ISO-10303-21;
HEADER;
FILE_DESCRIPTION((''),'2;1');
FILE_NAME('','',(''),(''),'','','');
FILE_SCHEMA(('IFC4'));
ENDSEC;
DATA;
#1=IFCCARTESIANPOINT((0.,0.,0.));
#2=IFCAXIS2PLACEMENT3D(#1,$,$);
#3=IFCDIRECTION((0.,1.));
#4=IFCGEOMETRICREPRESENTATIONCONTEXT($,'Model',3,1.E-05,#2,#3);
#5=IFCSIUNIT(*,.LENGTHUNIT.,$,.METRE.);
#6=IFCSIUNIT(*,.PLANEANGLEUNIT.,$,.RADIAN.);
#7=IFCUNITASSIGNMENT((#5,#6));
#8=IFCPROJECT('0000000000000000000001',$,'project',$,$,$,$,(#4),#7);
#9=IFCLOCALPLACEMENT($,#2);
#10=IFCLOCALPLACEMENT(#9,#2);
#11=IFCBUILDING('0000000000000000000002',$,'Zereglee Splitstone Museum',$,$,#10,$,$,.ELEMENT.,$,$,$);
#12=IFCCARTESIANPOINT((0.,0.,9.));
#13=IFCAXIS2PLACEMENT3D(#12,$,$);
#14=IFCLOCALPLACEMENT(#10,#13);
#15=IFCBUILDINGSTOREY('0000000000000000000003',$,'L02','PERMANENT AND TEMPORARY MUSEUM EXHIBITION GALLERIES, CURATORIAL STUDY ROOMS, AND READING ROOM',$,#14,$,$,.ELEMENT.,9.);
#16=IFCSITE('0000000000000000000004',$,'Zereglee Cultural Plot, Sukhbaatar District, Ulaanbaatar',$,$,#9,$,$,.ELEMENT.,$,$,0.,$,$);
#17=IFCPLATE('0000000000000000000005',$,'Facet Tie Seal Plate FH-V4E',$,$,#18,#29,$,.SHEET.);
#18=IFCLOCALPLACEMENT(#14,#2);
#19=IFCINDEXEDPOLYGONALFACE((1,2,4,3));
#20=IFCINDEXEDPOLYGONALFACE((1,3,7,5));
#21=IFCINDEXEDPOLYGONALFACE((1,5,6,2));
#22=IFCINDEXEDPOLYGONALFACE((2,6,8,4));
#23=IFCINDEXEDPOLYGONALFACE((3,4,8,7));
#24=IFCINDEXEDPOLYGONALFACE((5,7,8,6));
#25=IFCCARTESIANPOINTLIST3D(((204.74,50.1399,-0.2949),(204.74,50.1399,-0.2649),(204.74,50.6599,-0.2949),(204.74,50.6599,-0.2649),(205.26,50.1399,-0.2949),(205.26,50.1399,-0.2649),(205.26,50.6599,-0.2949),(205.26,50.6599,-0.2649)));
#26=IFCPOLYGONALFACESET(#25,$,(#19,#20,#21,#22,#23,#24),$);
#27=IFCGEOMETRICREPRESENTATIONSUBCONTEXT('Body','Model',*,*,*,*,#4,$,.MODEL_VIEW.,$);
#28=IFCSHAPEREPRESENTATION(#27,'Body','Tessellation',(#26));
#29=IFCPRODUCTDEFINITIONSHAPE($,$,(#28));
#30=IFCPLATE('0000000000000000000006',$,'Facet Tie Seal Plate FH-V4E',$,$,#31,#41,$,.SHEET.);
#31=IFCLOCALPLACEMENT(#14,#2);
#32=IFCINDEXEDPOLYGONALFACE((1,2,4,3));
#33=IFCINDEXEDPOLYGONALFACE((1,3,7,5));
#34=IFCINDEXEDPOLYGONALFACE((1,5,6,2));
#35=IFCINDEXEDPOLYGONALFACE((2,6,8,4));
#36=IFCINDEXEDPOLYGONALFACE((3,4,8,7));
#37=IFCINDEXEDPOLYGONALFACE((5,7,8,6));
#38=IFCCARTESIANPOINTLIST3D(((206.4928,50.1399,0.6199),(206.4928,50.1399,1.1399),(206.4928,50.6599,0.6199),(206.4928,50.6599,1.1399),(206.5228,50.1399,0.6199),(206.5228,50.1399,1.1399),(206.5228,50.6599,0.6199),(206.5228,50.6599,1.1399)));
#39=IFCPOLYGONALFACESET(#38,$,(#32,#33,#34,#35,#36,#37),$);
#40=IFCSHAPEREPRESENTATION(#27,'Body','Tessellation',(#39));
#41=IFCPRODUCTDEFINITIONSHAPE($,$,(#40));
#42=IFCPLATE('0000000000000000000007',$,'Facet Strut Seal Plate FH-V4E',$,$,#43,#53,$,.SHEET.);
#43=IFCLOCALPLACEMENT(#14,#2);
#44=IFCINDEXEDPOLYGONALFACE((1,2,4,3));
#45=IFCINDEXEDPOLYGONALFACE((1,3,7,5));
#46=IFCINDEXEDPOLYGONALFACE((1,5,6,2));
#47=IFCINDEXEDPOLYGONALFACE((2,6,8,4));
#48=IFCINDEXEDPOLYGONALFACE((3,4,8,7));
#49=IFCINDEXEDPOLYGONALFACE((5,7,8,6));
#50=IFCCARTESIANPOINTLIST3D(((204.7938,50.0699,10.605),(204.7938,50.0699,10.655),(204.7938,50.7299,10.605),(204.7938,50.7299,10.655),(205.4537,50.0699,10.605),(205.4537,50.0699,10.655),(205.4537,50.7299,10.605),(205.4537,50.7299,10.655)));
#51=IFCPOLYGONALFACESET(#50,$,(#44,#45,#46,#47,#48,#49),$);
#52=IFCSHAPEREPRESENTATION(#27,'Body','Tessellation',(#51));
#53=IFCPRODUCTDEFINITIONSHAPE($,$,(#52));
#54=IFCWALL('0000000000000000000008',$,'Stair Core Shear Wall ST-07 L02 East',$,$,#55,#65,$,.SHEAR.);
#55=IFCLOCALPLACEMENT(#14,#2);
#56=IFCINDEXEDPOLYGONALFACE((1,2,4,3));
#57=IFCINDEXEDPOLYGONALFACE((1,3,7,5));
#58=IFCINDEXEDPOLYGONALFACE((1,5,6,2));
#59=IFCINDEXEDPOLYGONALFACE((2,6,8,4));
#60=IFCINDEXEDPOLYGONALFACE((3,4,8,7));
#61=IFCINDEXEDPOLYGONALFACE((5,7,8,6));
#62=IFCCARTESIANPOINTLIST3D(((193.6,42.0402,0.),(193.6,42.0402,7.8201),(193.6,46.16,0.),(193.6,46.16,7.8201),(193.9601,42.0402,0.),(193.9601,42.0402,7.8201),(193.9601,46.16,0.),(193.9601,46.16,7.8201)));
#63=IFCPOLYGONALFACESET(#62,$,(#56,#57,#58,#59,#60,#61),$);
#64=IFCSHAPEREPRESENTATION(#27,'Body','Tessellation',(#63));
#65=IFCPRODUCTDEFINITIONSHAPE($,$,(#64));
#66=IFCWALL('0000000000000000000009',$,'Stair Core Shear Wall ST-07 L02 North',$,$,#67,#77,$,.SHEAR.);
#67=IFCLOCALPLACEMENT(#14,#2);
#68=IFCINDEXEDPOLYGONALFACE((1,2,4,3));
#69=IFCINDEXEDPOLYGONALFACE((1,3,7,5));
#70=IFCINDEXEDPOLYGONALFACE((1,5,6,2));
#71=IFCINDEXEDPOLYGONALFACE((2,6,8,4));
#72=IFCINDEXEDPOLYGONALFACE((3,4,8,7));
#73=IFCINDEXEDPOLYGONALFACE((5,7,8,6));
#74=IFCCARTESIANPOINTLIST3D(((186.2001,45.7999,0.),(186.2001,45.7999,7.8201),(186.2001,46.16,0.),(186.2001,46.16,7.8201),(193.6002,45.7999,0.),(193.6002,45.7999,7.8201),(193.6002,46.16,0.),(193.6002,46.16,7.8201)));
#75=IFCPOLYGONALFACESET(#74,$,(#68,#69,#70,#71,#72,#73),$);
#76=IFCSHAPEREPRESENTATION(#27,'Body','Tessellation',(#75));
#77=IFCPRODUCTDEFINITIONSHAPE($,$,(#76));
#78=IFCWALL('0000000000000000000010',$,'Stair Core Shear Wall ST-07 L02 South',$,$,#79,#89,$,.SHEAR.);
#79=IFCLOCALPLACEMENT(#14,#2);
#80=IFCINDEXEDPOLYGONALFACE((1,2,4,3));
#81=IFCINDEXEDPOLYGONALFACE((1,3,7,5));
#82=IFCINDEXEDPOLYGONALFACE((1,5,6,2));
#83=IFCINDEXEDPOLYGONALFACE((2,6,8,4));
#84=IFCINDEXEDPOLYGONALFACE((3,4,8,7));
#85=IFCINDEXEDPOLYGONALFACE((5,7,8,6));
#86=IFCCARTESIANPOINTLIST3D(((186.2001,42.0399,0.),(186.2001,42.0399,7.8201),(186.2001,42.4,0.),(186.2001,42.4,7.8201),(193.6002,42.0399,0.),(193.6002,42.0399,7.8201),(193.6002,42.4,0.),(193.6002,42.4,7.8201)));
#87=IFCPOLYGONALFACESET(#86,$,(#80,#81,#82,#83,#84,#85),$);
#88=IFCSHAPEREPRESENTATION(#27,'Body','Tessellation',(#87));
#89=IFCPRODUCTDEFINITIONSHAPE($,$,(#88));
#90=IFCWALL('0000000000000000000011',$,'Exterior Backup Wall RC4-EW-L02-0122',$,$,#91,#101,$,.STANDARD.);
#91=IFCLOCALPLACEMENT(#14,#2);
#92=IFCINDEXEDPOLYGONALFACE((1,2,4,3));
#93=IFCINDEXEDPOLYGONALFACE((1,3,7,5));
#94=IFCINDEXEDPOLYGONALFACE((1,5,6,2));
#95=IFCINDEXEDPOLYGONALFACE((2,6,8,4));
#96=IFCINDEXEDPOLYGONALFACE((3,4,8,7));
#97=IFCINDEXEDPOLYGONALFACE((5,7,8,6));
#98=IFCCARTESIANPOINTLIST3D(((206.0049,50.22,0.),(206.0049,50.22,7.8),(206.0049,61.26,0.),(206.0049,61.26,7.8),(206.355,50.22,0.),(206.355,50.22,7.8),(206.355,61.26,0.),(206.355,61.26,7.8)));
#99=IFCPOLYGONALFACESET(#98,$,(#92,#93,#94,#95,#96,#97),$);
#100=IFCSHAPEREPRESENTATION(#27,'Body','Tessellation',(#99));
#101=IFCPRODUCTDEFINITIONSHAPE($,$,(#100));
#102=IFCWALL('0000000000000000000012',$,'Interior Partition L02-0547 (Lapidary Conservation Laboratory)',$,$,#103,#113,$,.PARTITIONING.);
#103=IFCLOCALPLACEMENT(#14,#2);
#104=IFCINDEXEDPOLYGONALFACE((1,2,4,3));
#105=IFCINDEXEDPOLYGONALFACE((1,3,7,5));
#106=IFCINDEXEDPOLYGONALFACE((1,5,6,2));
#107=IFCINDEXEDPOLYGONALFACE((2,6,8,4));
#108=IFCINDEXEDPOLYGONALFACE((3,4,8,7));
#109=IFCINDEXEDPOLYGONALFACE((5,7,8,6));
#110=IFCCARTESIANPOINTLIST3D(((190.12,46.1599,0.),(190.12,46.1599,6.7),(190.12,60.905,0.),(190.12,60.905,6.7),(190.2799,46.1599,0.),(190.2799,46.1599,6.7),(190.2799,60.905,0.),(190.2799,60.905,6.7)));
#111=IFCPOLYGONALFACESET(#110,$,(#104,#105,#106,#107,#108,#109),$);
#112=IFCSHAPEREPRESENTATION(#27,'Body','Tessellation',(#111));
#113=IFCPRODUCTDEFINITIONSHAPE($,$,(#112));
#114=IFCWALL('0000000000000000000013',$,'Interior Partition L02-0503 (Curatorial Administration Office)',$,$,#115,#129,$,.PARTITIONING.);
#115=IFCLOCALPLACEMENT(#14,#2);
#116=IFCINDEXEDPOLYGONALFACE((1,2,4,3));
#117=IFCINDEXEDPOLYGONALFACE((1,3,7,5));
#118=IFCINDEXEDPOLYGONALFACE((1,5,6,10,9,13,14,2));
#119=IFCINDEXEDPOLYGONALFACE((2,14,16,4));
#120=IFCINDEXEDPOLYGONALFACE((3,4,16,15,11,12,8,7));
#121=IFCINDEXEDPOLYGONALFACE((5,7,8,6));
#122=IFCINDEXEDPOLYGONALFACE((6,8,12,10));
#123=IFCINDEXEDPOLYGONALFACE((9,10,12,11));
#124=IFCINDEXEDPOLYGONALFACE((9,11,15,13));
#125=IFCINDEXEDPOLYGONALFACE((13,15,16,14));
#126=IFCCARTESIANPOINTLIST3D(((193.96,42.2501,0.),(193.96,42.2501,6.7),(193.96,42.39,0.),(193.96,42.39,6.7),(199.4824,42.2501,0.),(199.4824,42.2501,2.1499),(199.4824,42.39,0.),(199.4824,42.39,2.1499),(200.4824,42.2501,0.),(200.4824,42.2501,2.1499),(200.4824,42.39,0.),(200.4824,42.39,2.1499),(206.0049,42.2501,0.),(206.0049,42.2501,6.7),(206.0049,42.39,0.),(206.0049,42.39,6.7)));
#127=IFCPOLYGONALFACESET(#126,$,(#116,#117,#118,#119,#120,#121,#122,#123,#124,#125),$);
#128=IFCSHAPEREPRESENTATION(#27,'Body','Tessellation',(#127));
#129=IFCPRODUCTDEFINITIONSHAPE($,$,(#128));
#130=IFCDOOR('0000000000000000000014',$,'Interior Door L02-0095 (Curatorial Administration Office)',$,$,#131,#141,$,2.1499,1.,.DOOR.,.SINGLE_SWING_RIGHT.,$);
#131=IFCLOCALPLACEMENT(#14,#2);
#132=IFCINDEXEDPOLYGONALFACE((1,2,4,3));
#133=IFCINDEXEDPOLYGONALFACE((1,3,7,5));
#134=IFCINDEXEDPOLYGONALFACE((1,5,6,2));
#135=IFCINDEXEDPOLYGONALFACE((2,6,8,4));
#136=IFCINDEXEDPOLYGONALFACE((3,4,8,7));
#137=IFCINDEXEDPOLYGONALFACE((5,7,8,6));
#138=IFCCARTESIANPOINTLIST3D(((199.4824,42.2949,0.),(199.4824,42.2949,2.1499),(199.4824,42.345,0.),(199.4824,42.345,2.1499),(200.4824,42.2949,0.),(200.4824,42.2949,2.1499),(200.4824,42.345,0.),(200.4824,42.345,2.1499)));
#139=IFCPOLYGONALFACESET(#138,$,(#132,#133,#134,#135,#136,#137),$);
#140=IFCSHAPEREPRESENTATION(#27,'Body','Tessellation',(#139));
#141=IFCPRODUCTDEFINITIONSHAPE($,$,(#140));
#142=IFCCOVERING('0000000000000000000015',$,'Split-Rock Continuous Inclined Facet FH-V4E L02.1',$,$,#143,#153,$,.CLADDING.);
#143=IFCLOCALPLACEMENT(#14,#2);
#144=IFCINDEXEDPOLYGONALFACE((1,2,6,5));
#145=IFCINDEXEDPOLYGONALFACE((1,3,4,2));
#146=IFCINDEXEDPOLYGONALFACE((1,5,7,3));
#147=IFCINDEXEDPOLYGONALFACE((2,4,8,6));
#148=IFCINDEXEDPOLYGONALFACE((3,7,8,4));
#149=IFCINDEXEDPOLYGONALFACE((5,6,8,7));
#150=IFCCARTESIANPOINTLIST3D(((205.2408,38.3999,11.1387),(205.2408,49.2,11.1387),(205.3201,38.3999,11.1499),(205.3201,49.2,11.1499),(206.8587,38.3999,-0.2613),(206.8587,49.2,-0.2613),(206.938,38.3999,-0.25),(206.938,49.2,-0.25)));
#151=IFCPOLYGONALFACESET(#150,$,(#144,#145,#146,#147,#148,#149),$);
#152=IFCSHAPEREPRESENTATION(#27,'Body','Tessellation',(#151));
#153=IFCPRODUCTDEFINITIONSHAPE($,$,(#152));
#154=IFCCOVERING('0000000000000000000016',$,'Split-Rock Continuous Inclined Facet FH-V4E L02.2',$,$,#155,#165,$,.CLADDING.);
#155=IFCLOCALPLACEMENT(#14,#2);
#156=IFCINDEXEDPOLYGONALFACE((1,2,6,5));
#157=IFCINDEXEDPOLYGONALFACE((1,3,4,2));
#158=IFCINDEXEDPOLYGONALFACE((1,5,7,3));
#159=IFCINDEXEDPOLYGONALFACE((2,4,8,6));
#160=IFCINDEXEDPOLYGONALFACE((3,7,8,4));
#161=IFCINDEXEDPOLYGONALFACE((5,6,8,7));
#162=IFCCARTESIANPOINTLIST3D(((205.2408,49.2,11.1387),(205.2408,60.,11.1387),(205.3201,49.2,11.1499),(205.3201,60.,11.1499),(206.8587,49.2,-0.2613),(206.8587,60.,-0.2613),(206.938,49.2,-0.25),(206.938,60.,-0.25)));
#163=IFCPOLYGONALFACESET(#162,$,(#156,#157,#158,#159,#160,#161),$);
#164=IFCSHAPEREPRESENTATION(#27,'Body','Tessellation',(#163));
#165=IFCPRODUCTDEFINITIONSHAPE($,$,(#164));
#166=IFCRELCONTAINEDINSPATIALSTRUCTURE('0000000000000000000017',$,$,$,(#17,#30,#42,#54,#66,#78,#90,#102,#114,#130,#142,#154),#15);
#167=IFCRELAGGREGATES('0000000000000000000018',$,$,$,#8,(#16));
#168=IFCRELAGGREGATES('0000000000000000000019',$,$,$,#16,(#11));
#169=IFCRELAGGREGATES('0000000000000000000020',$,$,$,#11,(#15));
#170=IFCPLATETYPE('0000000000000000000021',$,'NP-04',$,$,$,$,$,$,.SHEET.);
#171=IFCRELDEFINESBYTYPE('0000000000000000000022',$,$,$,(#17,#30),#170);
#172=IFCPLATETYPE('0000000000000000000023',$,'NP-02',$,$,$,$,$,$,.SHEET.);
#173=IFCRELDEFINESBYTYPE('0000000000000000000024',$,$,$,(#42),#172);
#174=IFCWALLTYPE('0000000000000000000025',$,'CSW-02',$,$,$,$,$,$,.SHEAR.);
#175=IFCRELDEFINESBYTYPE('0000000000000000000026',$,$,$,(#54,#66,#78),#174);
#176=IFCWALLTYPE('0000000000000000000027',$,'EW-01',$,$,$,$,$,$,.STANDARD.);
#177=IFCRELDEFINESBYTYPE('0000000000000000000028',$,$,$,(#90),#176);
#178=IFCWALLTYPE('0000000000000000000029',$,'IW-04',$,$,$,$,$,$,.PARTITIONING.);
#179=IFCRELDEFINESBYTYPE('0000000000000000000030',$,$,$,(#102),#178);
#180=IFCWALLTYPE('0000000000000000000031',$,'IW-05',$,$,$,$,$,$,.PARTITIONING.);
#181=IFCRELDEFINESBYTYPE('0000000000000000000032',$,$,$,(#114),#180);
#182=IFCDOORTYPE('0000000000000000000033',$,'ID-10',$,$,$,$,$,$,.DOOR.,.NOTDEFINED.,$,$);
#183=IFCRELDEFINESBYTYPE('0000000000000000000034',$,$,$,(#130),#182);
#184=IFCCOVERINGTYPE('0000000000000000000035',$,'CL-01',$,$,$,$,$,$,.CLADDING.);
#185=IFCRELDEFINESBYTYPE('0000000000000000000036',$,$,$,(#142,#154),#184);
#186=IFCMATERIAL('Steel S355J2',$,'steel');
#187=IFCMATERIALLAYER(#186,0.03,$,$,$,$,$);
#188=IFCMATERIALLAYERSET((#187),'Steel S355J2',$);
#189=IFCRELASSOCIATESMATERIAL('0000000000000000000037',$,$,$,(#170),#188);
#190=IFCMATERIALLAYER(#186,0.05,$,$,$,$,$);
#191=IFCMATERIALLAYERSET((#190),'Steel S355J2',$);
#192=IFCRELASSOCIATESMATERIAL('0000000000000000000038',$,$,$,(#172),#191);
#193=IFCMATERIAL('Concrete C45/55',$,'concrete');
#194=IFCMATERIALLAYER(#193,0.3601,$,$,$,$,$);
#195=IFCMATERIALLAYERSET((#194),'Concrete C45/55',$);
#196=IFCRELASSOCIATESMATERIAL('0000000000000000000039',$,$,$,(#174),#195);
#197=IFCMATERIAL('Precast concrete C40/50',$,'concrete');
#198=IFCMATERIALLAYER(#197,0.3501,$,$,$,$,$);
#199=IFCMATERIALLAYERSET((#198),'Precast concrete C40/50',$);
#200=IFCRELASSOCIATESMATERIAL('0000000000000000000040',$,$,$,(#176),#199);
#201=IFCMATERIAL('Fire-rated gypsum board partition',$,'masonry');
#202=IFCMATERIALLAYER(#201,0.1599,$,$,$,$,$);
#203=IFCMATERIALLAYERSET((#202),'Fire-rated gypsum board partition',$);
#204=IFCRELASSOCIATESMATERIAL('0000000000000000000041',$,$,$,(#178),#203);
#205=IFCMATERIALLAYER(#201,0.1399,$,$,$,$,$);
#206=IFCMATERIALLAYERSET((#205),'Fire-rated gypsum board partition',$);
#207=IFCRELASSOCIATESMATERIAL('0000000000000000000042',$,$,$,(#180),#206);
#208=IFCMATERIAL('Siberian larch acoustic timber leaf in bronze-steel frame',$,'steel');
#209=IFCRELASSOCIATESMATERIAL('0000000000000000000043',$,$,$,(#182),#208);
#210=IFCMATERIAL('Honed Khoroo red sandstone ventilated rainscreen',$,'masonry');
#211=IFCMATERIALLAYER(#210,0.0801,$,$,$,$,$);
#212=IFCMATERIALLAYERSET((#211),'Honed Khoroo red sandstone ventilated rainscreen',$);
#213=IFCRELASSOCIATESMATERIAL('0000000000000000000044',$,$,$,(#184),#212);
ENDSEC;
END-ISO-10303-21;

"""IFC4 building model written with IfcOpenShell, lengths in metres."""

from ifc_helpers import new_model, si_unit, direction, frame, frame_2d, origin, origin_2d, place, context, subcontext, project, spatial, polyline, rectangle, outline, extrude, material, layer, layer_set, type_object, element, fill, save


model = new_model("IFC4")

# Units and contexts
model_context = context("Model", 3, precision=1e-05, world=origin(), true_north=direction((0.0, 1.0)))
body_context = subcontext(model_context, "Body", "Model", "MODEL_VIEW")
ifc_project = project(units=[si_unit("LENGTHUNIT", "METRE"), si_unit("PLANEANGLEUNIT", "RADIAN")], contexts=[model_context])

# Site, building, storey
site_placement = place(None, origin())
site = spatial("IfcSite", under=ifc_project, at=site_placement, Name="Zereglee Cultural Plot, Sukhbaatar District, Ulaanbaatar", CompositionType="ELEMENT", RefElevation=0.0)
building_placement = place(site_placement, origin())
building = spatial("IfcBuilding", under=site, at=building_placement, Name="Zereglee Splitstone Museum", CompositionType="ELEMENT")
storey_placement = place(building_placement, frame((0.0, 0.0, 9.0)))
storey = spatial("IfcBuildingStorey", under=building, at=storey_placement, Name="L02", Description="PERMANENT AND TEMPORARY MUSEUM EXHIBITION GALLERIES, CURATORIAL STUDY ROOMS, AND READING ROOM", CompositionType="ELEMENT", Elevation=9.0)

# Shared definitions
ifc_material_1 = material(Name="Steel S355J2", Category="steel")

# Plates
ifc_layer_1 = layer(ifc_material_1, 0.03)
ifc_layer_set_1 = layer_set([ifc_layer_1], Name="Steel S355J2")
plate_type_1 = type_object("IfcPlateType", Name="NP-04", PredefinedType="SHEET", material=ifc_layer_set_1)
plate_1_placement = place(storey_placement, frame((205.0, 50.3999, -0.2949), z_axis=(0.0, 0.0, 1.0), x_axis=(1.0, 0.0, 0.0)))
element("IfcPlate", 1, at=plate_1_placement, inside=storey, type_object=plate_type_1, Name="Facet Tie Seal Plate FH-V4E", PredefinedType="SHEET", context=body_context, shape_type="SweptSolid", body=[
    extrude(rectangle(XDim=0.52, YDim=0.52, at=origin_2d()), origin(), (0.0, 0.0, 1.0), 0.03),
])
plate_2_placement = place(storey_placement, frame((206.5078, 50.3999, 0.6199), z_axis=(0.0, 0.0, 1.0), x_axis=(1.0, 0.0, 0.0)))
element("IfcPlate", 2, at=plate_2_placement, inside=storey, type_object=plate_type_1, Name="Facet Tie Seal Plate FH-V4E", PredefinedType="SHEET", context=body_context, shape_type="SweptSolid", body=[
    extrude(rectangle(XDim=0.03, YDim=0.52, at=origin_2d()), origin(), (0.0, 0.0, 1.0), 0.52),
])
ifc_layer_2 = layer(ifc_material_1, 0.05)
ifc_layer_set_2 = layer_set([ifc_layer_2], Name="Steel S355J2")
plate_type_2 = type_object("IfcPlateType", Name="NP-02", PredefinedType="SHEET", material=ifc_layer_set_2)
plate_3_placement = place(storey_placement, frame((205.1238, 50.3999, 10.605), z_axis=(0.0, 0.0, 1.0), x_axis=(1.0, 0.0, 0.0)))
element("IfcPlate", 3, at=plate_3_placement, inside=storey, type_object=plate_type_2, Name="Facet Strut Seal Plate FH-V4E", PredefinedType="SHEET", context=body_context, shape_type="SweptSolid", body=[
    extrude(rectangle(XDim=0.6599, YDim=0.6599, at=origin_2d()), origin(), (0.0, 0.0, 1.0), 0.05),
])

# Shared definitions
ifc_material_2 = material(Name="Concrete C45/55", Category="concrete")
ifc_layer_3 = layer(ifc_material_2, 0.3601)
ifc_layer_set_3 = layer_set([ifc_layer_3], Name="Concrete C45/55")
wall_type_1 = type_object("IfcWallType", Name="CSW-02", PredefinedType="SHEAR", material=ifc_layer_set_3)

# Walls
wall_1_placement = place(storey_placement, frame((193.78, 42.04, 0.0), z_axis=(0.0, 0.0, 1.0), x_axis=(0.0, 1.0, 0.0)))
element("IfcWall", 4, at=wall_1_placement, inside=storey, type_object=wall_type_1, Name="Stair Core Shear Wall ST-07 L02 East", PredefinedType="SHEAR", context=body_context, shape_type="SweptSolid", body=[
    extrude(rectangle(XDim=4.1199, YDim=0.3601, at=frame_2d((2.0601, 0.0))), origin(), (0.0, 0.0, 1.0), 7.8201),
])
for number, where, z_axis, x_axis, name in (
    (5, (186.2, 45.98, 0.0), (0.0, 0.0, 1.0), (1.0, 0.0, 0.0), "Stair Core Shear Wall ST-07 L02 North"),
    (6, (186.2, 42.22, 0.0), (0.0, 0.0, 1.0), (1.0, 0.0, 0.0), "Stair Core Shear Wall ST-07 L02 South"),
):
    element("IfcWall", number, at=place(storey_placement, frame(where, z_axis=z_axis, x_axis=x_axis)), inside=storey, type_object=wall_type_1, Name=name, PredefinedType="SHEAR", context=body_context, shape_type="SweptSolid", body=[
        extrude(rectangle(XDim=7.4001, YDim=0.3601, at=frame_2d((3.7002, 0.0))), origin(), (0.0, 0.0, 1.0), 7.8201),
    ])
ifc_material_3 = material(Name="Precast concrete C40/50", Category="concrete")
ifc_layer_4 = layer(ifc_material_3, 0.3501)
ifc_layer_set_4 = layer_set([ifc_layer_4], Name="Precast concrete C40/50")
wall_type_2 = type_object("IfcWallType", Name="EW-01", PredefinedType="STANDARD", material=ifc_layer_set_4)
wall_2_placement = place(storey_placement, frame((206.1799, 50.22, 0.0), z_axis=(0.0, 0.0, 1.0), x_axis=(0.0, 1.0, 0.0)))
element("IfcWall", 7, at=wall_2_placement, inside=storey, type_object=wall_type_2, Name="Exterior Backup Wall RC4-EW-L02-0122", PredefinedType="STANDARD", context=body_context, shape_type="SweptSolid", body=[
    extrude(rectangle(XDim=11.04, YDim=0.3501, at=frame_2d((5.52, 0.0))), origin(), (0.0, 0.0, 1.0), 7.8),
])
ifc_material_4 = material(Name="Fire-rated gypsum board partition", Category="masonry")
ifc_layer_5 = layer(ifc_material_4, 0.1599)
ifc_layer_set_5 = layer_set([ifc_layer_5], Name="Fire-rated gypsum board partition")
wall_type_3 = type_object("IfcWallType", Name="IW-04", PredefinedType="PARTITIONING", material=ifc_layer_set_5)
wall_3_placement = place(storey_placement, frame((190.2, 46.1599, 0.0), z_axis=(0.0, 0.0, 1.0), x_axis=(0.0, 1.0, 0.0)))
element("IfcWall", 8, at=wall_3_placement, inside=storey, type_object=wall_type_3, Name="Interior Partition L02-0547 (Lapidary Conservation Laboratory)", PredefinedType="PARTITIONING", context=body_context, shape_type="SweptSolid", body=[
    extrude(rectangle(XDim=14.7451, YDim=0.1599, at=frame_2d((7.3726, 0.0))), origin(), (0.0, 0.0, 1.0), 6.7),
])

# Wall, opening, door
ifc_layer_6 = layer(ifc_material_4, 0.1399)
ifc_layer_set_6 = layer_set([ifc_layer_6], Name="Fire-rated gypsum board partition")
wall_type_4 = type_object("IfcWallType", Name="IW-05", PredefinedType="PARTITIONING", material=ifc_layer_set_6)
wall_4_placement = place(storey_placement, frame((193.96, 42.3201, 0.0), z_axis=(0.0, 0.0, 1.0), x_axis=(1.0, 0.0, 0.0)))
wall_4 = element("IfcWall", 9, at=wall_4_placement, inside=storey, type_object=wall_type_4, Name="Interior Partition L02-0503 (Curatorial Administration Office)", PredefinedType="PARTITIONING", context=body_context, shape_type="SweptSolid", body=[
    extrude(rectangle(XDim=12.0449, YDim=0.1399, at=frame_2d((6.0225, 0.0))), origin(), (0.0, 0.0, 1.0), 6.7),
])
opening_1_placement = place(wall_4_placement, frame((5.5225, 0.0, 0.0)))
opening_1 = element("IfcOpeningElement", 10, at=opening_1_placement, cuts=wall_4, PredefinedType="OPENING", context=body_context, shape_type="SweptSolid", body=[
    extrude(rectangle(XDim=1.0, YDim=2.1499, at=frame_2d((0.5, 1.075))), frame((0.0, 0.085, 0.0), z_axis=(0.0, -1.0, 0.0), x_axis=(1.0, 0.0, 0.0)), (0.0, 0.0, 1.0), 0.1697),
])
ifc_material_5 = material(Name="Siberian larch acoustic timber leaf in bronze-steel frame", Category="steel")
door_type_1 = type_object("IfcDoorType", Name="ID-10", OperationType="NOTDEFINED", PredefinedType="DOOR", material=ifc_material_5)
door_1_placement = place(opening_1_placement, origin())
door_1 = element("IfcDoor", 11, at=door_1_placement, inside=storey, type_object=door_type_1, Name="Interior Door L02-0095 (Curatorial Administration Office)", OperationType="SINGLE_SWING_RIGHT", OverallHeight=2.1499, OverallWidth=1.0, PredefinedType="DOOR", context=body_context, shape_type="SweptSolid", body=[
    extrude(rectangle(XDim=1.0, YDim=2.1499, at=frame_2d((0.5, 1.075))), frame((0.0, 0.0249, 0.0), z_axis=(0.0, -1.0, 0.0), x_axis=(1.0, 0.0, 0.0)), (0.0, 0.0, 1.0), 0.05),
])
fill(opening_1, door_1)

# Coverings
ifc_material_6 = material(Name="Honed Khoroo red sandstone ventilated rainscreen", Category="masonry")
ifc_layer_7 = layer(ifc_material_6, 0.0801)
ifc_layer_set_7 = layer_set([ifc_layer_7], Name="Honed Khoroo red sandstone ventilated rainscreen")
covering_type = type_object("IfcCoveringType", Name="CL-01", PredefinedType="CLADDING", material=ifc_layer_set_7)
for number, where, z_axis, x_axis, name in (
    (12, (206.938, 38.3999, -0.25), (0.990078, 0.0, 0.140516), (0.0, 1.0, 0.0), "Split-Rock Continuous Inclined Facet FH-V4E L02.1"),
    (13, (206.938, 49.2, -0.25), (0.990078, 0.0, 0.140516), (0.0, 1.0, 0.0), "Split-Rock Continuous Inclined Facet FH-V4E L02.2"),
):
    element("IfcCovering", number, at=place(storey_placement, frame(where, z_axis=z_axis, x_axis=x_axis)), inside=storey, type_object=covering_type, Name=name, PredefinedType="CLADDING", context=body_context, shape_type="SweptSolid", body=[
        extrude(outline(polyline([(0.0, 0.0), (10.8, 0.0), (10.8, 11.5141), (0.0, 11.5141), (0.0, 0.0)])), origin(), (0.0, 0.0, -1.0), 0.0801),
    ])

save(model, "model.ifc")
